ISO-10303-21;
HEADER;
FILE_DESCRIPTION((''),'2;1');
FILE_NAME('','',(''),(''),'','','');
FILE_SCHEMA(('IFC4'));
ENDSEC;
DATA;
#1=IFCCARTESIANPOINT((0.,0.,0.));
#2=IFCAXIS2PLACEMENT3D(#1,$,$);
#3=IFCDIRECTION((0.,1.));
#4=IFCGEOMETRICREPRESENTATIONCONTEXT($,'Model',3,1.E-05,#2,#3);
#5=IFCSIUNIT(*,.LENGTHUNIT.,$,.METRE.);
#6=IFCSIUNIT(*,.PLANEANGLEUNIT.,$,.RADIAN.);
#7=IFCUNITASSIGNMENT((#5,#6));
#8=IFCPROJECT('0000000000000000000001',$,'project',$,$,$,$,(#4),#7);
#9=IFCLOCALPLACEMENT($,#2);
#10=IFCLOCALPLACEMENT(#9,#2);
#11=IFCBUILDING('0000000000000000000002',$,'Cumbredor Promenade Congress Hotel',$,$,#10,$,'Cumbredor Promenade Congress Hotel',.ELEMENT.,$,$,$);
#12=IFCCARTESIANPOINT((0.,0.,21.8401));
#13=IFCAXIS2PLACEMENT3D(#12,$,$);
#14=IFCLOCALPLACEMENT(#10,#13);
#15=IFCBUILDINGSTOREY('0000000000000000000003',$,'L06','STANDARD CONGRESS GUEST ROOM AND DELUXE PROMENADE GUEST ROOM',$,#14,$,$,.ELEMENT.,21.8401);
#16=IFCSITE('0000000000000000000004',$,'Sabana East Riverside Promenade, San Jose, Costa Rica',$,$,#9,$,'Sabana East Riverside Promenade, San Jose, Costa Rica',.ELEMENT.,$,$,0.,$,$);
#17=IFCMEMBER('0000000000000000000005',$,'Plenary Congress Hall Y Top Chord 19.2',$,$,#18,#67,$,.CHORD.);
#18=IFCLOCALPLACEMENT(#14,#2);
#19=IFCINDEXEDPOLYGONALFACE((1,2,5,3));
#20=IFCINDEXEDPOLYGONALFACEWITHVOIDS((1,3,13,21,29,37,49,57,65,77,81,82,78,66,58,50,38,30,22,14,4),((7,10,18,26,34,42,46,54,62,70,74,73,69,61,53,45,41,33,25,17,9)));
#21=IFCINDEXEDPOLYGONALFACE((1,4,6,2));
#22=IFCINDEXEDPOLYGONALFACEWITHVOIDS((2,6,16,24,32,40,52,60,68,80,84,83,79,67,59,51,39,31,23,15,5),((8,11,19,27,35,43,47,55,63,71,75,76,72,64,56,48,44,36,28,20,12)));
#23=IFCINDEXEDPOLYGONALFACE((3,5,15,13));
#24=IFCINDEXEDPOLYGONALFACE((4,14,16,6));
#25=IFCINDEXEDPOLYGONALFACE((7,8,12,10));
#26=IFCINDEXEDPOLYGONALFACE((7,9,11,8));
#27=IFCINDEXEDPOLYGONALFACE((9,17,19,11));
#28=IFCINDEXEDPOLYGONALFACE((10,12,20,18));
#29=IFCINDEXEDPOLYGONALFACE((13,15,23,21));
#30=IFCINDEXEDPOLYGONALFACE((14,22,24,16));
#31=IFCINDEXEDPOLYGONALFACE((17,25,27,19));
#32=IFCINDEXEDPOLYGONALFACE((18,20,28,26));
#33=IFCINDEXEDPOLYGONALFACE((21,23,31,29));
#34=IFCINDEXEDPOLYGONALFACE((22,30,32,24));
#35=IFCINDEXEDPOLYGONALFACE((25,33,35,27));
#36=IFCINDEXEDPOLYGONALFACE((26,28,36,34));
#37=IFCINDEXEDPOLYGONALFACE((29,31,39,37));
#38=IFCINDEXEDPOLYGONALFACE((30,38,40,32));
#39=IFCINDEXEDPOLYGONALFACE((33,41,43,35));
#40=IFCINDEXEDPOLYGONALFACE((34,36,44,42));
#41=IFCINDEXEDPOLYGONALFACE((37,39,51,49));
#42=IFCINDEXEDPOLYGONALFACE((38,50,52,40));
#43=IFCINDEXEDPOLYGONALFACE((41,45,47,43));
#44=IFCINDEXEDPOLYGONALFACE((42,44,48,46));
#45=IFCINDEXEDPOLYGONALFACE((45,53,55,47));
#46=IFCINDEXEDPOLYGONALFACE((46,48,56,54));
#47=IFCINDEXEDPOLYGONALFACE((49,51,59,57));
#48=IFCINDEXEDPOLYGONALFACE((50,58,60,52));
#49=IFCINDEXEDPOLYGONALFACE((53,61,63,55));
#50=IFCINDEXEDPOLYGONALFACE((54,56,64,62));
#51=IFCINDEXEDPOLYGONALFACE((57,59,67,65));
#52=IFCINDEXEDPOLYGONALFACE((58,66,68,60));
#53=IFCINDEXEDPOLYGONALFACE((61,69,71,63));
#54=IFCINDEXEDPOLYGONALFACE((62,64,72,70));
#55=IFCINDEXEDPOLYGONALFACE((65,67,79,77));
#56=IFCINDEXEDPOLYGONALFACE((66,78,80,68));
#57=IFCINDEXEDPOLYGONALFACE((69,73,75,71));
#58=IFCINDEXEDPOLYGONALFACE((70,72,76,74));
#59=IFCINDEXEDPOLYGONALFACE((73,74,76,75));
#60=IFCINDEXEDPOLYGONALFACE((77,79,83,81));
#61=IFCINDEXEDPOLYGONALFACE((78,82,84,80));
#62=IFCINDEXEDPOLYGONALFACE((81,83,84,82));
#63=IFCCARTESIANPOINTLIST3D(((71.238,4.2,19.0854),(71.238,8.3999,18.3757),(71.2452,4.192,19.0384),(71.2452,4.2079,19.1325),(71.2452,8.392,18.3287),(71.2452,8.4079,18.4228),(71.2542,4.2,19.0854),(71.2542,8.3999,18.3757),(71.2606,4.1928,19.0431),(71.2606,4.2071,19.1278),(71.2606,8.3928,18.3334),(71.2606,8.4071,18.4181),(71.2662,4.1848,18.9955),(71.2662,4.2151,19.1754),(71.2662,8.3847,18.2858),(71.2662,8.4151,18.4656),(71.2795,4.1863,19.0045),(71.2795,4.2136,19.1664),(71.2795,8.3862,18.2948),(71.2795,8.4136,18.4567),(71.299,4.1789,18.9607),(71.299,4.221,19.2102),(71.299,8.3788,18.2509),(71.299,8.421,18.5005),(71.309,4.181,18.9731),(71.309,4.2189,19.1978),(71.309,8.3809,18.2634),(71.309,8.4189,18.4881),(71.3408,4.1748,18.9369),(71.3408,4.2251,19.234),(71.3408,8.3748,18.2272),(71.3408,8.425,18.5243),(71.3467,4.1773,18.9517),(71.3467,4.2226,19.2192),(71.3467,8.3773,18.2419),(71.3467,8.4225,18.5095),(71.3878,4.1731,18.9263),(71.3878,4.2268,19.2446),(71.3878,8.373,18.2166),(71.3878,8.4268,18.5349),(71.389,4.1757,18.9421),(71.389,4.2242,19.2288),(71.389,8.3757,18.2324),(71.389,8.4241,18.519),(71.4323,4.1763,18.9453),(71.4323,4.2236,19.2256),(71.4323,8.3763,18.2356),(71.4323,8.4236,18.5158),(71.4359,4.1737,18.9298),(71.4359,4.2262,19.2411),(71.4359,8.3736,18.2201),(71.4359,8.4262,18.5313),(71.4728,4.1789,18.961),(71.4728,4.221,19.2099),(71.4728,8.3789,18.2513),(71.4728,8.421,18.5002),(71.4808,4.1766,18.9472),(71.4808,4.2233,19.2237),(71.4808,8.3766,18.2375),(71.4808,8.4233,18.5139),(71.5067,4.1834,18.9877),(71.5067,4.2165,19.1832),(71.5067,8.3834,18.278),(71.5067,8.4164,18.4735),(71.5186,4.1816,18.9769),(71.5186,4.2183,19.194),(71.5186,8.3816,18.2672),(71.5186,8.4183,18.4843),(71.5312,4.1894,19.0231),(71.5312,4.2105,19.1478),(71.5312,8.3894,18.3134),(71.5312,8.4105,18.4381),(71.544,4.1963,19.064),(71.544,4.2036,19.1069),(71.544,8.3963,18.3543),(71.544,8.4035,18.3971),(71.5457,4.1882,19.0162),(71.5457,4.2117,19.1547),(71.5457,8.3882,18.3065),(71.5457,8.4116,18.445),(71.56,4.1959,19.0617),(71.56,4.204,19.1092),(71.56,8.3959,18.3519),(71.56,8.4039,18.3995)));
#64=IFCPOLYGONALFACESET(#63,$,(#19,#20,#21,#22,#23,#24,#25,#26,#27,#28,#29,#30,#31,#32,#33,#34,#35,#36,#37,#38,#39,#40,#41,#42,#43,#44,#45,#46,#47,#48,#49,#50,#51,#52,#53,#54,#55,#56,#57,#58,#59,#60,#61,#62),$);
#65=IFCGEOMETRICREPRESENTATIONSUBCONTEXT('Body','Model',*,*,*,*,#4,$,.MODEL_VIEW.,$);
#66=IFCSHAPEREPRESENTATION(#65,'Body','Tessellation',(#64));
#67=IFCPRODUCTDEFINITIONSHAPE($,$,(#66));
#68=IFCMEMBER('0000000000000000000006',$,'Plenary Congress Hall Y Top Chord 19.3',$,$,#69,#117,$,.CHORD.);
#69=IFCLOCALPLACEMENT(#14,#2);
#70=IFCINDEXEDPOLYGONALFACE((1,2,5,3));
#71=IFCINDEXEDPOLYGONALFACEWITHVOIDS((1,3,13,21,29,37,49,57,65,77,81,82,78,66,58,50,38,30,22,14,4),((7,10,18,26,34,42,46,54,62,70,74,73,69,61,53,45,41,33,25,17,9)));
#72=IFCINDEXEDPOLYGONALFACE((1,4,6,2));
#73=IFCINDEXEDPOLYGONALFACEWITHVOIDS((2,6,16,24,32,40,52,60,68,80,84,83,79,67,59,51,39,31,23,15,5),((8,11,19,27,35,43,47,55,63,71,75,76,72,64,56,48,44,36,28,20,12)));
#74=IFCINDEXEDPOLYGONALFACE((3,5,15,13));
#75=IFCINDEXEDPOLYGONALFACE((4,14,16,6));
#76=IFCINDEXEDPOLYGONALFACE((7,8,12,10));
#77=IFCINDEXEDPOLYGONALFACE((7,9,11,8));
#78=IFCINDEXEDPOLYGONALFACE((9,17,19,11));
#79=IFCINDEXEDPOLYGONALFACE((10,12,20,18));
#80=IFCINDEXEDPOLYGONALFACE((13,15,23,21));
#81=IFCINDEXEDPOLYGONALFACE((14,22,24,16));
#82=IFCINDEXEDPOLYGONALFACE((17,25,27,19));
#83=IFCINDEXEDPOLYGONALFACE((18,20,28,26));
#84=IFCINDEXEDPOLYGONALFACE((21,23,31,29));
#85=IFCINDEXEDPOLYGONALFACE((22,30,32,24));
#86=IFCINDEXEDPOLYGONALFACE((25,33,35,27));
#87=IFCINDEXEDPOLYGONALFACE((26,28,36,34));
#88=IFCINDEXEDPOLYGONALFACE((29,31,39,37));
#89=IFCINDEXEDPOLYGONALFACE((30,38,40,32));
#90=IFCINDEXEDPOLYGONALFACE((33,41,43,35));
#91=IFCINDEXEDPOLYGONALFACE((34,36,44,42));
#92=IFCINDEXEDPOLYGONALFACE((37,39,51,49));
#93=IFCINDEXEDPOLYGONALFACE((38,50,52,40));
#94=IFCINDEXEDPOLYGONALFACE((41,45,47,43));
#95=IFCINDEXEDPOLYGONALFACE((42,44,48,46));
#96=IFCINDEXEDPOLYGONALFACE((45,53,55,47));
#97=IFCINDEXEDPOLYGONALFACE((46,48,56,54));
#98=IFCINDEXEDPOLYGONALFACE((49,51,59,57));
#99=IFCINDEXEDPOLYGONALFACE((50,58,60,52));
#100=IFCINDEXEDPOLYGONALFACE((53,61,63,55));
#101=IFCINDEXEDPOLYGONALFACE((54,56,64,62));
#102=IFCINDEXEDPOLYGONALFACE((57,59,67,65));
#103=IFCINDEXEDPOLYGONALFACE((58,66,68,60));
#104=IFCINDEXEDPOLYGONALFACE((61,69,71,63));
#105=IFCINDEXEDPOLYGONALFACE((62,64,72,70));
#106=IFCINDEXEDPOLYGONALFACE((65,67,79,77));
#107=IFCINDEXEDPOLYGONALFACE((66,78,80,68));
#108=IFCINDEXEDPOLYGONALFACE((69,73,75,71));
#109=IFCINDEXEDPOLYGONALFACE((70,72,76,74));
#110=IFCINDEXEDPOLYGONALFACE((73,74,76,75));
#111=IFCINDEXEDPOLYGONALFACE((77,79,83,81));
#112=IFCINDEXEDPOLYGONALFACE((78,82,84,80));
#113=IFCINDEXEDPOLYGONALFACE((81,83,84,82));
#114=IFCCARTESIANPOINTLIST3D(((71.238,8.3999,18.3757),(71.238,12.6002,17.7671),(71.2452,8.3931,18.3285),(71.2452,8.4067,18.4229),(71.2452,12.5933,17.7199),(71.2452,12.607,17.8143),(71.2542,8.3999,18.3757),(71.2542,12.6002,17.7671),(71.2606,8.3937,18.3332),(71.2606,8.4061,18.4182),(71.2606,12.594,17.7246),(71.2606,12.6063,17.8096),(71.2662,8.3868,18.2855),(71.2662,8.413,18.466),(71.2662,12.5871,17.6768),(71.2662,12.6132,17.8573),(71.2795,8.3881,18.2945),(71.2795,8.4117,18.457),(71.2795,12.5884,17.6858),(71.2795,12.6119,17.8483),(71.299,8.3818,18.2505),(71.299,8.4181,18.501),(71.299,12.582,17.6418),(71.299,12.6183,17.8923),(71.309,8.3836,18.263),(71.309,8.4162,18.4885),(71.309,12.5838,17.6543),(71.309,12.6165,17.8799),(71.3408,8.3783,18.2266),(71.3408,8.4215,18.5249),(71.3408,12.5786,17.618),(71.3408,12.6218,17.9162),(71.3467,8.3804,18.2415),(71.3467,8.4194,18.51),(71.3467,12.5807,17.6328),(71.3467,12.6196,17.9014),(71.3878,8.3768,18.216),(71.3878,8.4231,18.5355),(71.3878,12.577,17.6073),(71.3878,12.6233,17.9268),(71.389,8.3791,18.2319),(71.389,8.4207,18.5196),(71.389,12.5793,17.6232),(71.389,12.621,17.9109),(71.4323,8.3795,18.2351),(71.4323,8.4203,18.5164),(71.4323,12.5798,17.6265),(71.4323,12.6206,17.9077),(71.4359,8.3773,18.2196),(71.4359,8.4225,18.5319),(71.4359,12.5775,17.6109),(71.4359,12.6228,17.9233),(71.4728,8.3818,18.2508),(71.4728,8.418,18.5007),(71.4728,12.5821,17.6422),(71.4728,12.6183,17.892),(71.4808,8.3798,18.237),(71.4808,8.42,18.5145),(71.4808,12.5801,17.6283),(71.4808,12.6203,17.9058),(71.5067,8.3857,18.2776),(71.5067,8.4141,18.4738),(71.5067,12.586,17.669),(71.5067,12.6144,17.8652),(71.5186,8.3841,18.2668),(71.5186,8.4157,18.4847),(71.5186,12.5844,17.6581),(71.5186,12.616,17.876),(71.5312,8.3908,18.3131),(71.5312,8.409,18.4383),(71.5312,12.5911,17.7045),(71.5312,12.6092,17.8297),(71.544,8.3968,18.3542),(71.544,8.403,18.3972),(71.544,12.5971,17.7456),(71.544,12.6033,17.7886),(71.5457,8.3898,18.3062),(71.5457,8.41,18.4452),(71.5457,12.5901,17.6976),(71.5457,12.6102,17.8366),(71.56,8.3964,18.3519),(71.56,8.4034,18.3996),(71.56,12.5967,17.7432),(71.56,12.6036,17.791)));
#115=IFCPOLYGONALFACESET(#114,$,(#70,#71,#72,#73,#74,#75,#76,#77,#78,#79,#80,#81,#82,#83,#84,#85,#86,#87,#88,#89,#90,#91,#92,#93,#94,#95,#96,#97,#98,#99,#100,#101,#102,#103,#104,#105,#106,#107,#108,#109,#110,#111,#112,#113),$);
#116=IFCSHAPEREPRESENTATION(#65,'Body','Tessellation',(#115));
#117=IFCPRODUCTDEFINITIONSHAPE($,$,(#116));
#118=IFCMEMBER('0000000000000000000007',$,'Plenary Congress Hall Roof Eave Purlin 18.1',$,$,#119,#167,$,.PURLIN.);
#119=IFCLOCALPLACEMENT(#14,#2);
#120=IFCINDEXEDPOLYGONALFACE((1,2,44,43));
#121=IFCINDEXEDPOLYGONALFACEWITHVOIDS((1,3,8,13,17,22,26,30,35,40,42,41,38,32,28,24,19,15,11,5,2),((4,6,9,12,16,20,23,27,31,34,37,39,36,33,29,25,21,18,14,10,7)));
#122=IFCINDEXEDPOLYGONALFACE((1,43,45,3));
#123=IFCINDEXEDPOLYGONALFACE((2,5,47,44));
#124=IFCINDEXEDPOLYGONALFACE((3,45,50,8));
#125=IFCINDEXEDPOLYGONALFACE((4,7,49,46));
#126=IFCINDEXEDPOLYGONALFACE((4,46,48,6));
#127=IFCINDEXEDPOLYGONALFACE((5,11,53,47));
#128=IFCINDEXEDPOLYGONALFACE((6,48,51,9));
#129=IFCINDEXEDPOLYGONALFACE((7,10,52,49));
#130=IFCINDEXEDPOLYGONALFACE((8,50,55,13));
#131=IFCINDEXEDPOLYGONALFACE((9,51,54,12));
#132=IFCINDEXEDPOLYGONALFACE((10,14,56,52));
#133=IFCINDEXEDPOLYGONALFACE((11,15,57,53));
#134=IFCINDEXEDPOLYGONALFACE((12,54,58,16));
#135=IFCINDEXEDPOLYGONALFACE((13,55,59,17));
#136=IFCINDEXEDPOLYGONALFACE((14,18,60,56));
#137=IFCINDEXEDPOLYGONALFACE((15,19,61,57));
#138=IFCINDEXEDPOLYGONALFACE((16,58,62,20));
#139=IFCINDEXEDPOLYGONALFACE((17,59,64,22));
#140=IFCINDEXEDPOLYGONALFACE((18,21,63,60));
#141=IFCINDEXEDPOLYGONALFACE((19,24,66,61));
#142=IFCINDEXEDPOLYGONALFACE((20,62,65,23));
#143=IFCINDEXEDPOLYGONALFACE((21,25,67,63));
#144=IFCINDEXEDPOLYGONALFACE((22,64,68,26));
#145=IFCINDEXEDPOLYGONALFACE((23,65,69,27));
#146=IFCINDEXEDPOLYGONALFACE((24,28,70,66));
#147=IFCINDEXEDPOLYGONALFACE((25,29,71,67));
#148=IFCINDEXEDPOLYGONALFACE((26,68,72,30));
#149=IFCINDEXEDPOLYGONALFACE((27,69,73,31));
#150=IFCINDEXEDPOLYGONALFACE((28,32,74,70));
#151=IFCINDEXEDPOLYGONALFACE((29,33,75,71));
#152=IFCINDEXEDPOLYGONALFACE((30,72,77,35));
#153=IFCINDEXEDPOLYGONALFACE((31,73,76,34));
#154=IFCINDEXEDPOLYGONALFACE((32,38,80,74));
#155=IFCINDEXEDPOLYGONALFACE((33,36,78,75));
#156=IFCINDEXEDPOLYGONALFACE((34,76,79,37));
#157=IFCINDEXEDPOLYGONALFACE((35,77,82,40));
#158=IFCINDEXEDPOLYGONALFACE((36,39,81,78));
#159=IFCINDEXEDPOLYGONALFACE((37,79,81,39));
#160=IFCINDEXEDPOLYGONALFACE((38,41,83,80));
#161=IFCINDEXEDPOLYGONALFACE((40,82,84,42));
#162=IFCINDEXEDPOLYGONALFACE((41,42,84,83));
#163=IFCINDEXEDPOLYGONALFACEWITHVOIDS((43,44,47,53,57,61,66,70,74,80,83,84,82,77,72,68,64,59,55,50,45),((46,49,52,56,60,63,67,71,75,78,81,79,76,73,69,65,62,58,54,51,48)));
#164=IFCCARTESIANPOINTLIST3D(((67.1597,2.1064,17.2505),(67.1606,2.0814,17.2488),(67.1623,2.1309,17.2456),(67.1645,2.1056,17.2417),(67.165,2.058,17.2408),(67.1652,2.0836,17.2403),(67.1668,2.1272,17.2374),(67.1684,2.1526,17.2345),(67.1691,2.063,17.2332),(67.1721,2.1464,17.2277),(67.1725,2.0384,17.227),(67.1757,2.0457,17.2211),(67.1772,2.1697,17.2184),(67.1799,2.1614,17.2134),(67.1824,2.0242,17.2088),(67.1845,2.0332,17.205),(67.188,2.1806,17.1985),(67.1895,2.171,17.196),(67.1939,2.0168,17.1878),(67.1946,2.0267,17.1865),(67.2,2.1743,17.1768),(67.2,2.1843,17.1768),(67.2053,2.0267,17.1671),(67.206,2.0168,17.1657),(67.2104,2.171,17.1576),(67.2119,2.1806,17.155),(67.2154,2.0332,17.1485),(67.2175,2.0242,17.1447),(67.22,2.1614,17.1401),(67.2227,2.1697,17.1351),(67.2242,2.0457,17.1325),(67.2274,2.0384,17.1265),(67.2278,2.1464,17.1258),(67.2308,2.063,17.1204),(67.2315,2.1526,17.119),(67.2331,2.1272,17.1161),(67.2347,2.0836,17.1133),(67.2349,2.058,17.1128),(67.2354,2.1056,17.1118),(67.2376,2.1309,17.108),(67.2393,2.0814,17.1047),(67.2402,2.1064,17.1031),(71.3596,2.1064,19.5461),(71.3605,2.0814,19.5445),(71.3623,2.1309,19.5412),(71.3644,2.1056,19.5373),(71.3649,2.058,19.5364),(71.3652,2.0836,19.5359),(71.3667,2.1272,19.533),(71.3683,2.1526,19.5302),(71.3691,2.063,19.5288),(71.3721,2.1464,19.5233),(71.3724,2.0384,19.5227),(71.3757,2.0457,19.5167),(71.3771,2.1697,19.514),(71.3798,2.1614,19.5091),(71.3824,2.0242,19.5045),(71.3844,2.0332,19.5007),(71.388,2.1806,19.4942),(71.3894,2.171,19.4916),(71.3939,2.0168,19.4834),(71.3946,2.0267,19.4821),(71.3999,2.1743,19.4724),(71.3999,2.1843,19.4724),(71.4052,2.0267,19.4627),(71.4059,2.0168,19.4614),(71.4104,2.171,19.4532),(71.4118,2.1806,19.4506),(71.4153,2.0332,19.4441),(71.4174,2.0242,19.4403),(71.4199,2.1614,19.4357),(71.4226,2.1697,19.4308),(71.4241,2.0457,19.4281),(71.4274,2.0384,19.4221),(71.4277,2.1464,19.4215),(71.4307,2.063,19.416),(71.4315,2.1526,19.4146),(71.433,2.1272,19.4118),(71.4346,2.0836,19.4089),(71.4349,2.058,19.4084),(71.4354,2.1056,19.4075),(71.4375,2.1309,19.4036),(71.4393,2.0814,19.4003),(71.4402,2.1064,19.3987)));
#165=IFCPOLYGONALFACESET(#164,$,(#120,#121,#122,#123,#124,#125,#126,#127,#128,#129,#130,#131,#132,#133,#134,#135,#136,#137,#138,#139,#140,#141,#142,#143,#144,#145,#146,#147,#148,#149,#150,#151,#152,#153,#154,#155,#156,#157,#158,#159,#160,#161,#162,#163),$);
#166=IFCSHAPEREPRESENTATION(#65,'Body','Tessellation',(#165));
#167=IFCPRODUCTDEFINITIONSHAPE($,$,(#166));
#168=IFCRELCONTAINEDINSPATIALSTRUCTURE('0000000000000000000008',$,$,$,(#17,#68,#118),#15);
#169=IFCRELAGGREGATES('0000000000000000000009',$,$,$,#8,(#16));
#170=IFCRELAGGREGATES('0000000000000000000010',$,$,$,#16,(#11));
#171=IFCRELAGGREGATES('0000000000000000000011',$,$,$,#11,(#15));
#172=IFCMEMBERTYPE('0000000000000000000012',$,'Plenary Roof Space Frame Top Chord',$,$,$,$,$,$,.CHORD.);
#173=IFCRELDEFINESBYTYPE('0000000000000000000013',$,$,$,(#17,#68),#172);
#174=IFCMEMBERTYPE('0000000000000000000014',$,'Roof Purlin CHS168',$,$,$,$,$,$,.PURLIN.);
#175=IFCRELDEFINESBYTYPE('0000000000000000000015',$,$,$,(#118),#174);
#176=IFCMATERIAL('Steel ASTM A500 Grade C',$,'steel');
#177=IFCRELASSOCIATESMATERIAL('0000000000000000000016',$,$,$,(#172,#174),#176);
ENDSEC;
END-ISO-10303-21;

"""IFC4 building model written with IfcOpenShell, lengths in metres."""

from ifc_helpers import new_model, si_unit, direction, frame, origin, origin_2d, place, context, subcontext, project, spatial, hollow_circle, extrude, material, material_profile, profile_set, type_object, element, save


model = new_model("IFC4")

# Units and contexts
model_context = context("Model", 3, precision=1e-05, world=origin(), true_north=direction((0.0, 1.0)))
body_context = subcontext(model_context, "Body", "Model", "MODEL_VIEW")
ifc_project = project(units=[si_unit("LENGTHUNIT", "METRE"), si_unit("PLANEANGLEUNIT", "RADIAN")], contexts=[model_context])

# Site, building, storey
site_placement = place(None, origin())
site = spatial("IfcSite", under=ifc_project, at=site_placement, Name="Sabana East Riverside Promenade, San Jose, Costa Rica", LongName="Sabana East Riverside Promenade, San Jose, Costa Rica", CompositionType="ELEMENT", RefElevation=0.0)
building_placement = place(site_placement, origin())
building = spatial("IfcBuilding", under=site, at=building_placement, Name="Cumbredor Promenade Congress Hotel", LongName="Cumbredor Promenade Congress Hotel", CompositionType="ELEMENT")
storey_placement = place(building_placement, frame((0.0, 0.0, 21.8401)))
storey = spatial("IfcBuildingStorey", under=building, at=storey_placement, Name="L06", Description="STANDARD CONGRESS GUEST ROOM AND DELUXE PROMENADE GUEST ROOM", CompositionType="ELEMENT", Elevation=21.8401)

# Members
ifc_material_1 = material(Name="Steel ASTM A500 Grade C", Category="steel")
ifc_material_profile_1 = material_profile(ifc_material_1, hollow_circle(Radius=0.1619, WallThickness=0.0161, at=origin_2d()), Name="CHS 323.9x16")
ifc_profile_set_1 = profile_set([ifc_material_profile_1], Name="Steel ASTM A500 Grade C")
member_type_1 = type_object("IfcMemberType", Name="Plenary Roof Space Frame Top Chord", PredefinedType="CHORD", material=ifc_profile_set_1)
member_1_placement = place(storey_placement, frame((71.3999, 4.2, 19.0854), z_axis=(0.0, 0.986021, -0.16662), x_axis=(-1.0, 0.0, 0.0)))
element("IfcMember", 1, at=member_1_placement, inside=storey, type_object=member_type_1, Name="Plenary Congress Hall Y Top Chord 19.2", PredefinedType="CHORD", context=body_context, shape_type="SweptSolid", body=[
    extrude(hollow_circle(Radius=0.1619, WallThickness=0.0161, at=origin_2d()), origin(), (0.0, 0.0, 1.0), 4.2595),
])
member_2_placement = place(storey_placement, frame((71.3999, 8.3999, 18.3757), z_axis=(0.0, 0.989663, -0.14341), x_axis=(-1.0, 0.0, 0.0)))
element("IfcMember", 2, at=member_2_placement, inside=storey, type_object=member_type_1, Name="Plenary Congress Hall Y Top Chord 19.3", PredefinedType="CHORD", context=body_context, shape_type="SweptSolid", body=[
    extrude(hollow_circle(Radius=0.1619, WallThickness=0.0161, at=origin_2d()), origin(), (0.0, 0.0, 1.0), 4.2441),
])
ifc_material_profile_2 = material_profile(ifc_material_1, hollow_circle(Radius=0.0842, WallThickness=0.01, at=origin_2d()), Name="CHS 168.3x10")
ifc_profile_set_2 = profile_set([ifc_material_profile_2], Name="Steel ASTM A500 Grade C")
member_type_2 = type_object("IfcMemberType", Name="Roof Purlin CHS168", PredefinedType="PURLIN", material=ifc_profile_set_2)
member_3_placement = place(storey_placement, frame((67.2, 2.1001, 17.1768), z_axis=(0.877476, 0.0, 0.47962), x_axis=(0.0, 1.0, 0.0)))
element("IfcMember", 3, at=member_3_placement, inside=storey, type_object=member_type_2, Name="Plenary Congress Hall Roof Eave Purlin 18.1", PredefinedType="PURLIN", context=body_context, shape_type="SweptSolid", body=[
    extrude(hollow_circle(Radius=0.0842, WallThickness=0.01, at=origin_2d()), origin(), (0.0, 0.0, 1.0), 4.7864),
])

save(model, "model.ifc")
